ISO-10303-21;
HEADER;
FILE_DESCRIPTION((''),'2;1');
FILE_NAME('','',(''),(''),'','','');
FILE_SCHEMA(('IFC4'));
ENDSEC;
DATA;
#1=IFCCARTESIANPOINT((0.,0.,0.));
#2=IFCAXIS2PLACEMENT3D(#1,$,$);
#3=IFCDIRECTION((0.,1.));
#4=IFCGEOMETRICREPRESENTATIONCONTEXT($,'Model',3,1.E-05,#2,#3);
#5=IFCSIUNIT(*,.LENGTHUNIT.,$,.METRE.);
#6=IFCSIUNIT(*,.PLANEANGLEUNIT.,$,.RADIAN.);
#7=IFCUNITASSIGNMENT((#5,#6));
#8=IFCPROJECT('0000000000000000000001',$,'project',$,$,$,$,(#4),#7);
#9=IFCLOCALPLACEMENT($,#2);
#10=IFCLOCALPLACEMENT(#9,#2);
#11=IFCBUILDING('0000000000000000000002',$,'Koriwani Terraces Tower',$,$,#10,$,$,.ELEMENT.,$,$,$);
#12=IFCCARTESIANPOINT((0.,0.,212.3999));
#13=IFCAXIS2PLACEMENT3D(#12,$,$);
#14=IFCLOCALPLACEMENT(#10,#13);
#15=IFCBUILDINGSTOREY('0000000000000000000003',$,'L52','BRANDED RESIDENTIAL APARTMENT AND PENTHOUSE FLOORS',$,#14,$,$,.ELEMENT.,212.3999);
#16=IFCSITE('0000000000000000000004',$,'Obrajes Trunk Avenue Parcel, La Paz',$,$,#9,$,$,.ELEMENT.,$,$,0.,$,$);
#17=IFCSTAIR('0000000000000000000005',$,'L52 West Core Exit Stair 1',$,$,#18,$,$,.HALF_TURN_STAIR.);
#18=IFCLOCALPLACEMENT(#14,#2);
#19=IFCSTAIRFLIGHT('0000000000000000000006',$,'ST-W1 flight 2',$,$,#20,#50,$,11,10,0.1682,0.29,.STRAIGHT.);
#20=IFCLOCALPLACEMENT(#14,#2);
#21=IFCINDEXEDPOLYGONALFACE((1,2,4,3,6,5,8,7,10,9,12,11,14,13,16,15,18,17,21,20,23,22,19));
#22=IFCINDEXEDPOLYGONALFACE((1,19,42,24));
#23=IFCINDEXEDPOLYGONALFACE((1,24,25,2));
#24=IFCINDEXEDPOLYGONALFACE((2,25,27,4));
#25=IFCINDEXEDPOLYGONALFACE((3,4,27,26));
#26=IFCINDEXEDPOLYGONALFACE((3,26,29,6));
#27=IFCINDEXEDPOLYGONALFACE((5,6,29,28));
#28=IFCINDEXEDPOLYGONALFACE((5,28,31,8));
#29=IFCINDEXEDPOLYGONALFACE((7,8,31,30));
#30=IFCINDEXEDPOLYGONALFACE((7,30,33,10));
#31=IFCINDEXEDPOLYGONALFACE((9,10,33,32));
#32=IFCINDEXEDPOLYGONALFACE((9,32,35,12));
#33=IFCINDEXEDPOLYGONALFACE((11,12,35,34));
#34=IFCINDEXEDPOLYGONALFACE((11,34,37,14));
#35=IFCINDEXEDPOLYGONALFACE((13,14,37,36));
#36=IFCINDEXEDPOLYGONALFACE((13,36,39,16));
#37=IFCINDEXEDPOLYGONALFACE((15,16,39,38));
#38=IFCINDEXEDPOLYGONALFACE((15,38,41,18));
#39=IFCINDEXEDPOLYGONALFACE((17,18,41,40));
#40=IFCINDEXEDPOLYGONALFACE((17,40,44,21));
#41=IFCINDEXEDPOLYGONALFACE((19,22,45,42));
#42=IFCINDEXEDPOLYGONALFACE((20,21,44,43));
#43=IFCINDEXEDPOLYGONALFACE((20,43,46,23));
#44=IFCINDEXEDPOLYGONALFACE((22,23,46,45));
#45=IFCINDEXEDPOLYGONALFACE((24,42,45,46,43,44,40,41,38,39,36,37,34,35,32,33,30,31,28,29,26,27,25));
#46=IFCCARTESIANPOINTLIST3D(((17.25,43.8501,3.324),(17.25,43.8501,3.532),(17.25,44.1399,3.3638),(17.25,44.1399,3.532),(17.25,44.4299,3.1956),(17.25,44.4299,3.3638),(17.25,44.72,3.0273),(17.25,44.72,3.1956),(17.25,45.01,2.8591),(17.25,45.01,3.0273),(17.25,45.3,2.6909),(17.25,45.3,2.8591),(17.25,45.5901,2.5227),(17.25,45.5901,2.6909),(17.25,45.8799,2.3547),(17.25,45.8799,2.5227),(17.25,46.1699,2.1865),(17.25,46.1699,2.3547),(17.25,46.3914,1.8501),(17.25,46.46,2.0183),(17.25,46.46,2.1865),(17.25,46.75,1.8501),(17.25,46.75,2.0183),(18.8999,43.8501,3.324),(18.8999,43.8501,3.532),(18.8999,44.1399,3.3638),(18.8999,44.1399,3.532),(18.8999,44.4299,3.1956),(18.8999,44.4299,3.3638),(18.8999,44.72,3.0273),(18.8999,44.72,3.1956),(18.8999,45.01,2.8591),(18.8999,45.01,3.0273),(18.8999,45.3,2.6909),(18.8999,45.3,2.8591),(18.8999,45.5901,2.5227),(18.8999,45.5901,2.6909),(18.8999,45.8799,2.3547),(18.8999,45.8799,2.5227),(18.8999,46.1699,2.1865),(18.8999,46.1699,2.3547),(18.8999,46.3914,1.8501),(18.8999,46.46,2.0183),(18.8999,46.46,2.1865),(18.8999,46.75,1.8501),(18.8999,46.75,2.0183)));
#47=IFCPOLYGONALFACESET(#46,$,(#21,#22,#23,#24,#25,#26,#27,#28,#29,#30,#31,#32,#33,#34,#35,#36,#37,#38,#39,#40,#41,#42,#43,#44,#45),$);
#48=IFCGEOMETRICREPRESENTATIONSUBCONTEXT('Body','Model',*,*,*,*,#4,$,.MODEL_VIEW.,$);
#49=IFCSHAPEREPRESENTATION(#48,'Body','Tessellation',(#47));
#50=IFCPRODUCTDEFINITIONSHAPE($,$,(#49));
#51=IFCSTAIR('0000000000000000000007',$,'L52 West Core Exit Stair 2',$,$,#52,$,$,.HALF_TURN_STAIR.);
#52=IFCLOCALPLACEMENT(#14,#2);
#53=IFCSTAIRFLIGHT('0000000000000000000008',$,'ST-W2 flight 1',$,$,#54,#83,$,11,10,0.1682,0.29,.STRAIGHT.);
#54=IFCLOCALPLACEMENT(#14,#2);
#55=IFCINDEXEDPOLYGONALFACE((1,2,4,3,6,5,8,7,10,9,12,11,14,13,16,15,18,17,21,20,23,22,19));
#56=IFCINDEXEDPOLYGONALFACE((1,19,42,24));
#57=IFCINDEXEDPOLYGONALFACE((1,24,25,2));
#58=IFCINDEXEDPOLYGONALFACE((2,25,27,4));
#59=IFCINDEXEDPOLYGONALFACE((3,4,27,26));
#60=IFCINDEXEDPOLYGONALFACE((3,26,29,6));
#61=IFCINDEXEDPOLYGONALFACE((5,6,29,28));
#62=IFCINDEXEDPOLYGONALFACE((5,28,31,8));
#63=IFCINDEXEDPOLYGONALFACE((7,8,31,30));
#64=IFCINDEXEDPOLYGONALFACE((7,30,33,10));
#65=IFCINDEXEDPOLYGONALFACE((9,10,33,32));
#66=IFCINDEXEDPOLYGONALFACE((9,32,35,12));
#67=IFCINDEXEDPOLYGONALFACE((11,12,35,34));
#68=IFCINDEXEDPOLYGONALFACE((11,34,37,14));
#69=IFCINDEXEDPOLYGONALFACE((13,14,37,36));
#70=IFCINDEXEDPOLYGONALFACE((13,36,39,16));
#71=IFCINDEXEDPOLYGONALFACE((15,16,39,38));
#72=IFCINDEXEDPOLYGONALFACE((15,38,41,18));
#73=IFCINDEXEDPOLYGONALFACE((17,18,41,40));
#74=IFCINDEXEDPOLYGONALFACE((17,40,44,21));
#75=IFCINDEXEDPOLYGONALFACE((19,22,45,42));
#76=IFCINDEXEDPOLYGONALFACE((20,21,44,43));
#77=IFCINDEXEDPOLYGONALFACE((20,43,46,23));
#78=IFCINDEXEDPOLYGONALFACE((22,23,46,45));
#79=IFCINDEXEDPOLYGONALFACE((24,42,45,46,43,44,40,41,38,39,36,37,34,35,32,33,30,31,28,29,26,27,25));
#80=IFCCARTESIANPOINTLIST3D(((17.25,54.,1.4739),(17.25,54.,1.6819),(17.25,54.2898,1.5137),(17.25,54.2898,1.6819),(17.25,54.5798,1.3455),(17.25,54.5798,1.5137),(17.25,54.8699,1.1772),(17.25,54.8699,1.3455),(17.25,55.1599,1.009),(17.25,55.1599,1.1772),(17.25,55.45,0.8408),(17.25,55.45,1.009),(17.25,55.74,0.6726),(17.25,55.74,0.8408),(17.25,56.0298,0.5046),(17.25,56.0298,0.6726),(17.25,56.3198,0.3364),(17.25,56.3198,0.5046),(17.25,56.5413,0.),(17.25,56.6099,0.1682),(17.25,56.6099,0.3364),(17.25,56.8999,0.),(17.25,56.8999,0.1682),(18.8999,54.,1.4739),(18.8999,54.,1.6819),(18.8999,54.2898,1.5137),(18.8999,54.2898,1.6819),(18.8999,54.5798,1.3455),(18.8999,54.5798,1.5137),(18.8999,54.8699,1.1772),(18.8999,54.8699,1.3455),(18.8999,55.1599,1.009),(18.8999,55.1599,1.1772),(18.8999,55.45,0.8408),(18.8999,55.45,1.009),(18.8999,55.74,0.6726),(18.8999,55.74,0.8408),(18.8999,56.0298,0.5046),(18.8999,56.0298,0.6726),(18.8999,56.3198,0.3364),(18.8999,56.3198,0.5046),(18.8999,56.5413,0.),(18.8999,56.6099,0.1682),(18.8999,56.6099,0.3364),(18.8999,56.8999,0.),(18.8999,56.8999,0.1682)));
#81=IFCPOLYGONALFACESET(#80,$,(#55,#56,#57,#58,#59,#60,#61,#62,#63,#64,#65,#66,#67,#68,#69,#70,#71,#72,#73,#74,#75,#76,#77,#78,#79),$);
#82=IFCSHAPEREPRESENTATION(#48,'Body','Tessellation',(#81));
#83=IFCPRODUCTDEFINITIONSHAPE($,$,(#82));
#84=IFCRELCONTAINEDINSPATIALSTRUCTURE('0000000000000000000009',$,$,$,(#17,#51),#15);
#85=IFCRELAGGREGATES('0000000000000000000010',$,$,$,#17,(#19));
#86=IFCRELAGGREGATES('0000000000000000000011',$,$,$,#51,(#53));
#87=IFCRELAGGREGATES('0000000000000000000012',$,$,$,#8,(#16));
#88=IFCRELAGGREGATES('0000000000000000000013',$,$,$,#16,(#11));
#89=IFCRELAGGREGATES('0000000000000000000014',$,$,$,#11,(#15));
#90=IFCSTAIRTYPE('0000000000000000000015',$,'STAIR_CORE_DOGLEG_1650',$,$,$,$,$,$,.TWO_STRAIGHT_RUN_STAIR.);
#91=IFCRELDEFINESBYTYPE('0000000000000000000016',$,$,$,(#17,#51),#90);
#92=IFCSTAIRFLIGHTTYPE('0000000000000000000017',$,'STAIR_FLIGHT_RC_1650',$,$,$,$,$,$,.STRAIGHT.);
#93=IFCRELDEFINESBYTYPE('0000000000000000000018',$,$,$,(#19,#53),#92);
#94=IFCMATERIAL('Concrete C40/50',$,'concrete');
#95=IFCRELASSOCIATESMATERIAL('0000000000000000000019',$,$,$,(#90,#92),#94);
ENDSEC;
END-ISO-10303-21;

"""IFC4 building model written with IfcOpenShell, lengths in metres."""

from ifc_helpers import new_model, si_unit, direction, frame, origin, place, context, subcontext, project, spatial, polyline, outline, extrude, material, type_object, element, aggregate, save


model = new_model("IFC4")

# Units and contexts
model_context = context("Model", 3, precision=1e-05, world=origin(), true_north=direction((0.0, 1.0)))
body_context = subcontext(model_context, "Body", "Model", "MODEL_VIEW")
ifc_project = project(units=[si_unit("LENGTHUNIT", "METRE"), si_unit("PLANEANGLEUNIT", "RADIAN")], contexts=[model_context])

# Site, building, storey
site_placement = place(None, origin())
site = spatial("IfcSite", under=ifc_project, at=site_placement, Name="Obrajes Trunk Avenue Parcel, La Paz", CompositionType="ELEMENT", RefElevation=0.0)
building_placement = place(site_placement, origin())
building = spatial("IfcBuilding", under=site, at=building_placement, Name="Koriwani Terraces Tower", CompositionType="ELEMENT")
storey_placement = place(building_placement, frame((0.0, 0.0, 212.3999)))
storey = spatial("IfcBuildingStorey", under=building, at=storey_placement, Name="L52", Description="BRANDED RESIDENTIAL APARTMENT AND PENTHOUSE FLOORS", CompositionType="ELEMENT", Elevation=212.3999)

# Shared definitions
ifc_material_1 = material(Name="Concrete C40/50", Category="concrete")

# Stairs, stair flights
stair_type = type_object("IfcStairType", Name="STAIR_CORE_DOGLEG_1650", PredefinedType="TWO_STRAIGHT_RUN_STAIR", material=ifc_material_1)
stair_1_placement = place(storey_placement, origin())
stair_1 = element("IfcStair", 1, at=stair_1_placement, inside=storey, type_object=stair_type, Name="L52 West Core Exit Stair 1", PredefinedType="HALF_TURN_STAIR")
stair_flight_type = type_object("IfcStairFlightType", Name="STAIR_FLIGHT_RC_1650", PredefinedType="STRAIGHT", material=ifc_material_1)
stair_flight_1_placement = place(storey_placement, frame((18.075, 46.75, 1.8501), z_axis=(0.0, 0.0, 1.0), x_axis=(0.0, -1.0, 0.0)))
stair_flight_1 = element("IfcStairFlight", 2, at=stair_flight_1_placement, type_object=stair_flight_type, Name="ST-W1 flight 2", NumberOfRisers=11, NumberOfTreads=10, PredefinedType="STRAIGHT", RiserHeight=0.1682, TreadLength=0.29, context=body_context, shape_type="SweptSolid", body=[
    extrude(outline(polyline([(0.0, 0.0), (0.0, 0.1682), (0.29, 0.1682), (0.29, 0.3364), (0.5801, 0.3364), (0.5801, 0.5046), (0.8701, 0.5046), (0.8701, 0.6726), (1.1599, 0.6726), (1.1599, 0.8408), (1.45, 0.8408), (1.45, 1.009), (1.74, 1.009), (1.74, 1.1772), (2.03, 1.1772), (2.03, 1.3455), (2.3201, 1.3455), (2.3201, 1.5137), (2.6101, 1.5137), (2.6101, 1.6819), (2.8999, 1.6819), (2.8999, 1.8501), (2.8999, 1.4739), (0.3586, 0.0), (0.0, 0.0)])), frame((0.0, 0.825, 0.0), z_axis=(0.0, -1.0, 0.0), x_axis=(1.0, 0.0, 0.0)), (0.0, 0.0, 1.0), 1.6499),
])
aggregate(stair_1, [stair_flight_1])
stair_2_placement = place(storey_placement, origin())
stair_2 = element("IfcStair", 3, at=stair_2_placement, inside=storey, type_object=stair_type, Name="L52 West Core Exit Stair 2", PredefinedType="HALF_TURN_STAIR")
stair_flight_2_placement = place(storey_placement, frame((18.075, 56.8999, 0.0), z_axis=(0.0, 0.0, 1.0), x_axis=(0.0, -1.0, 0.0)))
stair_flight_2 = element("IfcStairFlight", 4, at=stair_flight_2_placement, type_object=stair_flight_type, Name="ST-W2 flight 1", NumberOfRisers=11, NumberOfTreads=10, PredefinedType="STRAIGHT", RiserHeight=0.1682, TreadLength=0.29, context=body_context, shape_type="SweptSolid", body=[
    extrude(outline(polyline([(0.0, 0.0), (0.0, 0.1682), (0.29, 0.1682), (0.29, 0.3364), (0.5801, 0.3364), (0.5801, 0.5046), (0.8701, 0.5046), (0.8701, 0.6726), (1.1599, 0.6726), (1.1599, 0.8408), (1.45, 0.8408), (1.45, 1.009), (1.74, 1.009), (1.74, 1.1772), (2.03, 1.1772), (2.03, 1.3455), (2.3201, 1.3455), (2.3201, 1.5137), (2.6101, 1.5137), (2.6101, 1.6819), (2.8999, 1.6819), (2.8999, 1.8501), (2.8999, 1.4739), (0.3586, 0.0), (0.0, 0.0)])), frame((0.0, 0.825, 0.0), z_axis=(0.0, -1.0, 0.0), x_axis=(1.0, 0.0, 0.0)), (0.0, 0.0, 1.0), 1.6499),
])
aggregate(stair_2, [stair_flight_2])

save(model, "model.ifc")
